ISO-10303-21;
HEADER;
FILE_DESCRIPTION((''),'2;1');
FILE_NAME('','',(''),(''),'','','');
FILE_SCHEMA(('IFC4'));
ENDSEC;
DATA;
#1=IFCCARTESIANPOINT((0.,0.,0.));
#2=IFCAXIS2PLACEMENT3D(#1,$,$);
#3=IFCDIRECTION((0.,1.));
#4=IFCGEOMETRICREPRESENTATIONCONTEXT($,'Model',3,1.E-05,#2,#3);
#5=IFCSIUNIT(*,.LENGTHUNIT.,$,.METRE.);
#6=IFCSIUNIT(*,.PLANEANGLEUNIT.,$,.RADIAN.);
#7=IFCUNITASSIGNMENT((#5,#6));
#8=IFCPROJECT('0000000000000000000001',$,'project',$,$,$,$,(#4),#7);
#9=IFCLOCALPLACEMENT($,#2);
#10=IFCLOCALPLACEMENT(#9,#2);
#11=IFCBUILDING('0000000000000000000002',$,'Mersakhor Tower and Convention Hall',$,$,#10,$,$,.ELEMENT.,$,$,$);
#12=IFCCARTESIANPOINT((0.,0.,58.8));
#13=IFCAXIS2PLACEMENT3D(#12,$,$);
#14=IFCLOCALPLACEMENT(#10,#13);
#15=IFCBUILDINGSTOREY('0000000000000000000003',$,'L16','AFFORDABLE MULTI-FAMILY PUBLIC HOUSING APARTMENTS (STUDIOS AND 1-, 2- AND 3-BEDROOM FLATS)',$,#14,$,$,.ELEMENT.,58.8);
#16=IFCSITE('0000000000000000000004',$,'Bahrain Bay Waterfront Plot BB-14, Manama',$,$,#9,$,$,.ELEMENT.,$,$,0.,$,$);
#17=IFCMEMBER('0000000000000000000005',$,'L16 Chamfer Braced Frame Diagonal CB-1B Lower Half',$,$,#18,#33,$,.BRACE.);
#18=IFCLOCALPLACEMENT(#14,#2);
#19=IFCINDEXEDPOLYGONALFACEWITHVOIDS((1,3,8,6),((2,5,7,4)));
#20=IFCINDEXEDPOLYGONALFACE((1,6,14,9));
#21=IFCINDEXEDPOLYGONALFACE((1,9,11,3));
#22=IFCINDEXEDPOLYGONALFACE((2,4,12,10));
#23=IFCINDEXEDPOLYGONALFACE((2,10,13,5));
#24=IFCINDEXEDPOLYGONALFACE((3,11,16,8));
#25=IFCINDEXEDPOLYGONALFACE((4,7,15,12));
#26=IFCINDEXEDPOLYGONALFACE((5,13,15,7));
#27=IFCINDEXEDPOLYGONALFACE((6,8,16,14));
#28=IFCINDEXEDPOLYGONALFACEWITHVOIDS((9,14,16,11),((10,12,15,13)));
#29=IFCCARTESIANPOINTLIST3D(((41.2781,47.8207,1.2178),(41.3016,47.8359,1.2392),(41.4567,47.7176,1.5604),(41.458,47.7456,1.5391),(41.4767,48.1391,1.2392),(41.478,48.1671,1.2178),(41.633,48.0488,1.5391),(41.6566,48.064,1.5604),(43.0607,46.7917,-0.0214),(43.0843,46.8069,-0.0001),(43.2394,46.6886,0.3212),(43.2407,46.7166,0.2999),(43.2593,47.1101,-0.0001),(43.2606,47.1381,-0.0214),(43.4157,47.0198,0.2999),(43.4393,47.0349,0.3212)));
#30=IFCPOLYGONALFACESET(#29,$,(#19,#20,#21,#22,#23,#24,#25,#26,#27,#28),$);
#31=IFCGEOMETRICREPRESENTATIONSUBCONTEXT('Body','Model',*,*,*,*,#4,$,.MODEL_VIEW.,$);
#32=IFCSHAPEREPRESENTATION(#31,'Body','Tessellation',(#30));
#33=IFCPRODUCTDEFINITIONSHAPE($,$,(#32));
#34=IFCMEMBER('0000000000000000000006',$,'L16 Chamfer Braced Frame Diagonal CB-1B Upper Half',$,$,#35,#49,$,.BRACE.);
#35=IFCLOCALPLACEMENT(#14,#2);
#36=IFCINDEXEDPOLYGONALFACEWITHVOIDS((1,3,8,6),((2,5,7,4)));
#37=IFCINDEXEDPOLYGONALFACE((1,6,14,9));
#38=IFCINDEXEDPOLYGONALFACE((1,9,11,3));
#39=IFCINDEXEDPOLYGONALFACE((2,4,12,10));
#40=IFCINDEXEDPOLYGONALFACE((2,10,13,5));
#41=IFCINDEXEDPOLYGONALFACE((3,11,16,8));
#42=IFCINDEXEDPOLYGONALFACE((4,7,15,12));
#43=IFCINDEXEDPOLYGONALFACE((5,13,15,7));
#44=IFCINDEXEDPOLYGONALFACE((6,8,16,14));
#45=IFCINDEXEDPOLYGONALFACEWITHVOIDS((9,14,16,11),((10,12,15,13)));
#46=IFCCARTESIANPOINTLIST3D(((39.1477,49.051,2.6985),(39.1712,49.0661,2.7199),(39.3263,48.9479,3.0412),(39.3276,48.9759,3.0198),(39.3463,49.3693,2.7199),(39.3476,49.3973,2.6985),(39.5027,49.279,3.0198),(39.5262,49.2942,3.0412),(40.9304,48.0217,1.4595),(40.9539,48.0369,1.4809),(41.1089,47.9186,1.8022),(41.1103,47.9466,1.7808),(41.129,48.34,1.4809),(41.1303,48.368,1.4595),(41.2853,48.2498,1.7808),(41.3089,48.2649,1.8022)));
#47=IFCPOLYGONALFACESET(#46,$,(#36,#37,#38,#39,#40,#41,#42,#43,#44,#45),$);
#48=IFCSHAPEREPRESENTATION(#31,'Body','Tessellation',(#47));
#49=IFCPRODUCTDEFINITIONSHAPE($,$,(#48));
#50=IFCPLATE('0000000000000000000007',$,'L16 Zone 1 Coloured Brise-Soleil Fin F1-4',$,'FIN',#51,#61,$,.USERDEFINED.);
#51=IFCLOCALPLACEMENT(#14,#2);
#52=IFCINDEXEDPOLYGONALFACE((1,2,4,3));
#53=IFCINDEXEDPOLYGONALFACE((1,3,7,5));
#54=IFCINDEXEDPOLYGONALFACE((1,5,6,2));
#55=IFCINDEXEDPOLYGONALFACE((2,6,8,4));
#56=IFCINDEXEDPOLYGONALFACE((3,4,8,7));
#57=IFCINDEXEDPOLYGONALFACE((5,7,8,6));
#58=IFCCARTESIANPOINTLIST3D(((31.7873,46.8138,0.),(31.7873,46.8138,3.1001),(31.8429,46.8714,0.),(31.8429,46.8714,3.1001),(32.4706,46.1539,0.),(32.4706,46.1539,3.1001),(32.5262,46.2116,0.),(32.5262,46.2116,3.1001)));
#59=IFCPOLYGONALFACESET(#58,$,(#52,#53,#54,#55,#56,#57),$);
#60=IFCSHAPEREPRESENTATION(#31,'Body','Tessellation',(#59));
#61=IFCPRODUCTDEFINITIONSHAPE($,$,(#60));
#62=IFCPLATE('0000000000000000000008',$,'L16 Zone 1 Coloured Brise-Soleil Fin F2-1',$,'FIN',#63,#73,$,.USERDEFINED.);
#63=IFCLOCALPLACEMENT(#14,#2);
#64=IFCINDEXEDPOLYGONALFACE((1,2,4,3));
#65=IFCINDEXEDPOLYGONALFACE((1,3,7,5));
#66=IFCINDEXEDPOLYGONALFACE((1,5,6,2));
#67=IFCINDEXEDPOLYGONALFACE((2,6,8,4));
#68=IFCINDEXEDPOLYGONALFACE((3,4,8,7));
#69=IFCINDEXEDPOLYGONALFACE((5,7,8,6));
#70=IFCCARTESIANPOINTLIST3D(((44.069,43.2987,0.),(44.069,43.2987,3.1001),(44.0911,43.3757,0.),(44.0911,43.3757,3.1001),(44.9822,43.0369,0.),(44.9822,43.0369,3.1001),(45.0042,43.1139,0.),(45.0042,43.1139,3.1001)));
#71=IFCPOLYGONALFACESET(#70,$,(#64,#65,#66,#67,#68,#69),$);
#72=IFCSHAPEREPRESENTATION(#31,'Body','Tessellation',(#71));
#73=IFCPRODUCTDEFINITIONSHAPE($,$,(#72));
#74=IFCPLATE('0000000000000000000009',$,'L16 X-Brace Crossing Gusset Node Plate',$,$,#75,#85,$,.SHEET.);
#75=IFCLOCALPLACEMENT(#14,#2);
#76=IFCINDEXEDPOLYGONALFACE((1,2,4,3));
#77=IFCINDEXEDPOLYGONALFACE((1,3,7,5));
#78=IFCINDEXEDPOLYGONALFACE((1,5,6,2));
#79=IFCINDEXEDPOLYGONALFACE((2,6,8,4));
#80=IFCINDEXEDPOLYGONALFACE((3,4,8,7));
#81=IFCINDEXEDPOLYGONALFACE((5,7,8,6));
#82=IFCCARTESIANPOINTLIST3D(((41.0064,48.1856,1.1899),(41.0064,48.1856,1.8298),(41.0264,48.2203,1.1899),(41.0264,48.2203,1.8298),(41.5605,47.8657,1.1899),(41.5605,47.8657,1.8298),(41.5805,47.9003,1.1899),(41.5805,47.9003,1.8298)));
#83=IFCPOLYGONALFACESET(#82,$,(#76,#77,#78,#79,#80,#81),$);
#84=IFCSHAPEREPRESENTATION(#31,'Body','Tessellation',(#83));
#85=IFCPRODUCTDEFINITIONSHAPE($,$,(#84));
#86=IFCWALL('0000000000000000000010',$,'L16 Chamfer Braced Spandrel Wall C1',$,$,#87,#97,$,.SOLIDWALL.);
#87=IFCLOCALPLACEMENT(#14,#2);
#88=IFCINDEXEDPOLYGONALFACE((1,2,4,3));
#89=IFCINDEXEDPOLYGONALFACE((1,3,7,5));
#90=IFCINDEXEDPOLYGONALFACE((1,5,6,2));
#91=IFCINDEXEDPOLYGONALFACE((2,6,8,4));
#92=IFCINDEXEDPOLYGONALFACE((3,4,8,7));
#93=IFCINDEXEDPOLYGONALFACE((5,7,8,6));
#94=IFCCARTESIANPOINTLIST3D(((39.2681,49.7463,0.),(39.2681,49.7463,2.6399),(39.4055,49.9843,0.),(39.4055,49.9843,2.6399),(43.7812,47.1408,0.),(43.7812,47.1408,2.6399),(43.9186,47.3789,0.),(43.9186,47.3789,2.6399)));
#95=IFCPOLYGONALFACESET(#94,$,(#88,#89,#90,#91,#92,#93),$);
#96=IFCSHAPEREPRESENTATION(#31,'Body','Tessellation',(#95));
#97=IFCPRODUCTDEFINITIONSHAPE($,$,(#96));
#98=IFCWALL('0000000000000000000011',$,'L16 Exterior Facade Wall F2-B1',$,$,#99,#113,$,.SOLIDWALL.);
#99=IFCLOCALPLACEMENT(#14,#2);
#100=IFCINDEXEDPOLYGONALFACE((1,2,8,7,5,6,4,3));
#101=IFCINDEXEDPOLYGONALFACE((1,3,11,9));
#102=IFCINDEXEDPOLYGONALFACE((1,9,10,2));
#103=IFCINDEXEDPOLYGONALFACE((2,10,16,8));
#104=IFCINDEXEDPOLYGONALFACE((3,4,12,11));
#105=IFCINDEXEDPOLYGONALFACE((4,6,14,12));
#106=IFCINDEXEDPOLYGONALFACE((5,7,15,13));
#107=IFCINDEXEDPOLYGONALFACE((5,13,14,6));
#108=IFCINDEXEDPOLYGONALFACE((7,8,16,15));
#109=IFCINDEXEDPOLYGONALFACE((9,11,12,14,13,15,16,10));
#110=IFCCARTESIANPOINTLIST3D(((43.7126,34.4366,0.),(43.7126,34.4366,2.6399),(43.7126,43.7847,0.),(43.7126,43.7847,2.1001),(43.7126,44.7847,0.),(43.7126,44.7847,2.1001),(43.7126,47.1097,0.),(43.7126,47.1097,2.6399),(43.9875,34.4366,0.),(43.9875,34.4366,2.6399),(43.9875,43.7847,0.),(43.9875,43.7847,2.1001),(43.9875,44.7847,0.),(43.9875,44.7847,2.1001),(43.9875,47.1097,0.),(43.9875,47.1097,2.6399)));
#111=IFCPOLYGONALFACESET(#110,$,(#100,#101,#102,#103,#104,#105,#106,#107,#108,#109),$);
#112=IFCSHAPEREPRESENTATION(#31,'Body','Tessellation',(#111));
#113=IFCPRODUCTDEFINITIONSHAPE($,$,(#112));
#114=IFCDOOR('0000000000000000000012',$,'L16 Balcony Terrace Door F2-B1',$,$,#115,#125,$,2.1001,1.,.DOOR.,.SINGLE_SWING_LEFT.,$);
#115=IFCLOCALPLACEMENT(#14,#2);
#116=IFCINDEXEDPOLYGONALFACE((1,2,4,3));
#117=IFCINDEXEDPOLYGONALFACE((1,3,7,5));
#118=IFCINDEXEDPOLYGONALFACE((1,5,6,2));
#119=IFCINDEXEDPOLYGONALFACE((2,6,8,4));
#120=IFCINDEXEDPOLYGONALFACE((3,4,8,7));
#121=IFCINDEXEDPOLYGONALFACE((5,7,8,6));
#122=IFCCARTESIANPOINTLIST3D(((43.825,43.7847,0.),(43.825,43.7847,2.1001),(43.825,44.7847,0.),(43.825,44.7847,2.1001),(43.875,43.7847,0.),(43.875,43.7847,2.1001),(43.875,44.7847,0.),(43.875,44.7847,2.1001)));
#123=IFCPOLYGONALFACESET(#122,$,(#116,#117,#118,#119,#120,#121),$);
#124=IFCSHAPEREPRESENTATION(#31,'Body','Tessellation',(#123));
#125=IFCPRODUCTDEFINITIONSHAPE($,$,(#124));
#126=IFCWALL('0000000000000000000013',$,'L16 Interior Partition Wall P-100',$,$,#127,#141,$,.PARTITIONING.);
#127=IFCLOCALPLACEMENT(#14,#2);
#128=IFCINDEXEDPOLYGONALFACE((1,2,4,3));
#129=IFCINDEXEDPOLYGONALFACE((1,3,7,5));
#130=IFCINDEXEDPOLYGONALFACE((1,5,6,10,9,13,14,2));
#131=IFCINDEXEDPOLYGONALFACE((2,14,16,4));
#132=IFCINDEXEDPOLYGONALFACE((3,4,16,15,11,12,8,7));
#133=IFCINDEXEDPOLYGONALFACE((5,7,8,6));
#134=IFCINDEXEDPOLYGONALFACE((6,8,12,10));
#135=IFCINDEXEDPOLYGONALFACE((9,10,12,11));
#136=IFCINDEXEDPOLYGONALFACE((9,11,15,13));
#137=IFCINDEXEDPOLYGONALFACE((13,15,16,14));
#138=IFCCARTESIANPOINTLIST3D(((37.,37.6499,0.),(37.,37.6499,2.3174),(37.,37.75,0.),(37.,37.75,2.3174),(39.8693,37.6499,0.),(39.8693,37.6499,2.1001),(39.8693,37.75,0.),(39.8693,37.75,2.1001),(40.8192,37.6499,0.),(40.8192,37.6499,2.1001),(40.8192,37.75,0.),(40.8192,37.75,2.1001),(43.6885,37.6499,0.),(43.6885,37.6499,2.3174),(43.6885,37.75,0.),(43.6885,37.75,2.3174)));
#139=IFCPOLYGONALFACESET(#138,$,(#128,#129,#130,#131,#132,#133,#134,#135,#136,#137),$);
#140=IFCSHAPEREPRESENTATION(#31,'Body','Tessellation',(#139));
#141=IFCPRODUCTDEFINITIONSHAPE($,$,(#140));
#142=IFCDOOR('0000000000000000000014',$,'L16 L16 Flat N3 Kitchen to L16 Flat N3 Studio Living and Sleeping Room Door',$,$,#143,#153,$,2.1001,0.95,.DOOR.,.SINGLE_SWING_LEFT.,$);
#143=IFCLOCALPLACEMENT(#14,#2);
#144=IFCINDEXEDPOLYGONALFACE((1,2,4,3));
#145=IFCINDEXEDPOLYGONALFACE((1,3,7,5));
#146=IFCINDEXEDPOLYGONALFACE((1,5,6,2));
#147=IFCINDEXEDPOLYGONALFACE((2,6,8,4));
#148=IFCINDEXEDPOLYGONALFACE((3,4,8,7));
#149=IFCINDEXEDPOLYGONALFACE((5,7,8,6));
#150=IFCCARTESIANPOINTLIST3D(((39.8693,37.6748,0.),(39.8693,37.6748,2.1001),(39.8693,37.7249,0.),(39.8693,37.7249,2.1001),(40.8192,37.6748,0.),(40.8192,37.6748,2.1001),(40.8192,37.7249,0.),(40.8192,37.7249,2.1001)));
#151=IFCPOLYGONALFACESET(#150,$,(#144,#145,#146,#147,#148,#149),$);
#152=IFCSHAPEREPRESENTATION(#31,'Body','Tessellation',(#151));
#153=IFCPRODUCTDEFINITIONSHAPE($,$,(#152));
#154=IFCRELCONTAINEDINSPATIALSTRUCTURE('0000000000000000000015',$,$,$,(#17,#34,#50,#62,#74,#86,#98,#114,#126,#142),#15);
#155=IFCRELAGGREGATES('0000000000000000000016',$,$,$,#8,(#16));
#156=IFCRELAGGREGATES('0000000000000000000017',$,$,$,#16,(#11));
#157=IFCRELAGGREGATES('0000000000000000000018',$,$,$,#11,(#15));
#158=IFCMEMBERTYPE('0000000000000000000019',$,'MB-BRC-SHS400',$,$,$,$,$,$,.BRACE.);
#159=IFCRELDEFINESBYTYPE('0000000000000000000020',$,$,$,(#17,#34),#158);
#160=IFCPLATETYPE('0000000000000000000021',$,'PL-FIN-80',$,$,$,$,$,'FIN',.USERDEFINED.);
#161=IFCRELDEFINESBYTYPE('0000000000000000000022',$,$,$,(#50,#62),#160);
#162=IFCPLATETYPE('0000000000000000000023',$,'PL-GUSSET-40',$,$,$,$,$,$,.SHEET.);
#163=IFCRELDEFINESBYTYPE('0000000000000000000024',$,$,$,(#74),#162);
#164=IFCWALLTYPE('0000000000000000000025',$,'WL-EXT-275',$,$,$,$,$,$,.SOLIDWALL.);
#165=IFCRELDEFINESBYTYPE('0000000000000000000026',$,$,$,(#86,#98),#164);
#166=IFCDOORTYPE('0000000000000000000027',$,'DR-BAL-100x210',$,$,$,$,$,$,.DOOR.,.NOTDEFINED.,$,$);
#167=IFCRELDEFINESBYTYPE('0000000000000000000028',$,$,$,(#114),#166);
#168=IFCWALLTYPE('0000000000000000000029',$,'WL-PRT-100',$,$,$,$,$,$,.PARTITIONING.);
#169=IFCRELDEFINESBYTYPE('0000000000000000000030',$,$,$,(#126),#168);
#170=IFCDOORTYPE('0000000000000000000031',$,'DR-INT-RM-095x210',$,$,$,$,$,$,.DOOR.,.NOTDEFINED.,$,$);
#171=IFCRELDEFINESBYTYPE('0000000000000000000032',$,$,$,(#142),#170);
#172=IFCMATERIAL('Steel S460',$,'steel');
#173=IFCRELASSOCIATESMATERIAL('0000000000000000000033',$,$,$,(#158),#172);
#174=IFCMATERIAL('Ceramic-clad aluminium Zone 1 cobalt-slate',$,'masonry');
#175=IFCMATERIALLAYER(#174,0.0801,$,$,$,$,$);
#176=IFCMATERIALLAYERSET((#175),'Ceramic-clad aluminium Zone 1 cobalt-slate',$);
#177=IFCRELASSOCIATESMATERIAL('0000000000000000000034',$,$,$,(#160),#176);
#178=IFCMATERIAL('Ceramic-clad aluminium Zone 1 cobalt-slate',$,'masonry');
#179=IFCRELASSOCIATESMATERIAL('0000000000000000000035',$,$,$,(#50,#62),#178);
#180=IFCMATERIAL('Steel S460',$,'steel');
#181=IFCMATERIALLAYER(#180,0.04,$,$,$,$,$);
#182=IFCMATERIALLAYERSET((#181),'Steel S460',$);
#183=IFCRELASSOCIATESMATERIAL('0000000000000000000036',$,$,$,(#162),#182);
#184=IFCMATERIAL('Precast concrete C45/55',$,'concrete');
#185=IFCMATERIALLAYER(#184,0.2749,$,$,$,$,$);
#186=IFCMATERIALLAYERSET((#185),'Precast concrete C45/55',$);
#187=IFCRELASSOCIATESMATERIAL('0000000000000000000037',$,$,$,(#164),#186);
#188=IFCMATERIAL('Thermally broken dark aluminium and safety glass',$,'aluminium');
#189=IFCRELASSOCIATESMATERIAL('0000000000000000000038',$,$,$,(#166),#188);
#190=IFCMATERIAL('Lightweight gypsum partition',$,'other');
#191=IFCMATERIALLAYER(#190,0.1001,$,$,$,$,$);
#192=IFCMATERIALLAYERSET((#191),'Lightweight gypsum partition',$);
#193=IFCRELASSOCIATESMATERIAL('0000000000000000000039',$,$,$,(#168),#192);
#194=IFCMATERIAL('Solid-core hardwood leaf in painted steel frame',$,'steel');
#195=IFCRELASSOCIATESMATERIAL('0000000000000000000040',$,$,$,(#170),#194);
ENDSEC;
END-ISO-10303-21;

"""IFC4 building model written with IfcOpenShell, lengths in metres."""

from ifc_helpers import new_model, si_unit, direction, frame, frame_2d, origin, origin_2d, place, context, subcontext, project, spatial, rectangle, hollow_rectangle, extrude, material, layer, layer_set, material_profile, profile_set, type_object, element, fill, save


model = new_model("IFC4")

# Units and contexts
model_context = context("Model", 3, precision=1e-05, world=origin(), true_north=direction((0.0, 1.0)))
body_context = subcontext(model_context, "Body", "Model", "MODEL_VIEW")
ifc_project = project(units=[si_unit("LENGTHUNIT", "METRE"), si_unit("PLANEANGLEUNIT", "RADIAN")], contexts=[model_context])

# Site, building, storey
site_placement = place(None, origin())
site = spatial("IfcSite", under=ifc_project, at=site_placement, Name="Bahrain Bay Waterfront Plot BB-14, Manama", CompositionType="ELEMENT", RefElevation=0.0)
building_placement = place(site_placement, origin())
building = spatial("IfcBuilding", under=site, at=building_placement, Name="Mersakhor Tower and Convention Hall", CompositionType="ELEMENT")
storey_placement = place(building_placement, frame((0.0, 0.0, 58.8)))
storey = spatial("IfcBuildingStorey", under=building, at=storey_placement, Name="L16", Description="AFFORDABLE MULTI-FAMILY PUBLIC HOUSING APARTMENTS (STUDIOS AND 1-, 2- AND 3-BEDROOM FLATS)", CompositionType="ELEMENT", Elevation=58.8)

# Members
ifc_material_1 = material(Name="Steel S460", Category="steel")
ifc_material_profile_1 = material_profile(ifc_material_1, hollow_rectangle(XDim=0.3999, YDim=0.3999, WallThickness=0.0249, at=origin_2d()), Name="SHS 400x400x25")
ifc_profile_set_1 = profile_set([ifc_material_profile_1], Name="Steel S460")
member_type = type_object("IfcMemberType", Name="MB-BRC-SHS400", PredefinedType="BRACE", material=ifc_profile_set_1)
for number, where, z_axis, x_axis, name in (
    (1, (43.25, 46.9133, 0.1499), (-0.741975, 0.428297, 0.515785), (-0.499928, -0.866067, 0.0), "L16 Chamfer Braced Frame Diagonal CB-1B Lower Half"),
    (2, (41.1196, 48.1433, 1.6309), (-0.741982, 0.428402, 0.515688), (-0.500017, -0.866016, 0.0), "L16 Chamfer Braced Frame Diagonal CB-1B Upper Half"),
):
    element("IfcMember", number, at=place(storey_placement, frame(where, z_axis=z_axis, x_axis=x_axis)), inside=storey, type_object=member_type, Name=name, PredefinedType="BRACE", context=body_context, shape_type="SweptSolid", body=[
        extrude(hollow_rectangle(XDim=0.3999, YDim=0.3999, WallThickness=0.0249, at=origin_2d()), origin(), (0.0, 0.0, 1.0), 2.4026),
    ])

# Plates
ifc_material_2 = material(Name="Ceramic-clad aluminium Zone 1 cobalt-slate", Category="masonry")
ifc_material_3 = material(Name="Ceramic-clad aluminium Zone 1 cobalt-slate", Category="masonry")
ifc_layer_1 = layer(ifc_material_3, 0.0801)
ifc_layer_set_1 = layer_set([ifc_layer_1], Name="Ceramic-clad aluminium Zone 1 cobalt-slate")
plate_type_1 = type_object("IfcPlateType", Name="PL-FIN-80", ElementType="FIN", PredefinedType="USERDEFINED", material=ifc_layer_set_1)
for number, where, z_axis, x_axis, name in (
    (3, (32.1567, 46.5127, 0.0), (0.0, 0.0, 1.0), (-0.71934, 0.694658, 0.0), "L16 Zone 1 Coloured Brise-Soleil Fin F1-4"),
    (4, (44.5366, 43.2063, 0.0), (0.0, 0.0, 1.0), (0.961262, -0.275637, 0.0), "L16 Zone 1 Coloured Brise-Soleil Fin F2-1"),
):
    element("IfcPlate", number, at=place(storey_placement, frame(where, z_axis=z_axis, x_axis=x_axis)), inside=storey, type_object=plate_type_1, material=ifc_material_2, Name=name, ObjectType="FIN", PredefinedType="USERDEFINED", context=body_context, shape_type="SweptSolid", body=[
        extrude(rectangle(XDim=0.95, YDim=0.0801, at=origin_2d()), origin(), (0.0, 0.0, 1.0), 3.1001),
    ])
ifc_material_4 = material(Name="Steel S460", Category="steel")
ifc_layer_2 = layer(ifc_material_4, 0.04)
ifc_layer_set_2 = layer_set([ifc_layer_2], Name="Steel S460")
plate_type_2 = type_object("IfcPlateType", Name="PL-GUSSET-40", PredefinedType="SHEET", material=ifc_layer_set_2)
plate_placement = place(storey_placement, frame((41.2935, 48.043, 1.1899), z_axis=(0.0, 0.0, 1.0), x_axis=(-0.866025, 0.5, 0.0)))
element("IfcPlate", 5, at=plate_placement, inside=storey, type_object=plate_type_2, Name="L16 X-Brace Crossing Gusset Node Plate", PredefinedType="SHEET", context=body_context, shape_type="SweptSolid", body=[
    extrude(rectangle(XDim=0.6399, YDim=0.04, at=origin_2d()), origin(), (0.0, 0.0, 1.0), 0.6399),
])

# Wall
ifc_material_5 = material(Name="Precast concrete C45/55", Category="concrete")
ifc_layer_3 = layer(ifc_material_5, 0.2749)
ifc_layer_set_3 = layer_set([ifc_layer_3], Name="Precast concrete C45/55")
wall_type_1 = type_object("IfcWallType", Name="WL-EXT-275", PredefinedType="SOLIDWALL", material=ifc_layer_set_3)
wall_1_placement = place(storey_placement, frame((39.3369, 49.8652, 0.0), z_axis=(0.0, 0.0, 1.0), x_axis=(0.866044, -0.499968, 0.0)))
element("IfcWall", 6, at=wall_1_placement, inside=storey, type_object=wall_type_1, Name="L16 Chamfer Braced Spandrel Wall C1", PredefinedType="SOLIDWALL", context=body_context, shape_type="SweptSolid", body=[
    extrude(rectangle(XDim=5.2112, YDim=0.2749, at=frame_2d((2.6055, 0.0))), origin(), (0.0, 0.0, 1.0), 2.6399),
])

# Walls, openings, doors
wall_2_placement = place(storey_placement, frame((43.8501, 47.1096, 0.0), z_axis=(0.0, 0.0, 1.0), x_axis=(0.0, -1.0, 0.0)))
wall_2 = element("IfcWall", 7, at=wall_2_placement, inside=storey, type_object=wall_type_1, Name="L16 Exterior Facade Wall F2-B1", PredefinedType="SOLIDWALL", context=body_context, shape_type="SweptSolid", body=[
    extrude(rectangle(XDim=12.6731, YDim=0.2749, at=frame_2d((6.3364, 0.0))), origin(), (0.0, 0.0, 1.0), 2.6399),
])
opening_1_placement = place(wall_2_placement, frame((2.325, 0.0, 0.0)))
opening_1 = element("IfcOpeningElement", 8, at=opening_1_placement, cuts=wall_2, PredefinedType="OPENING", context=body_context, shape_type="SweptSolid", body=[
    extrude(rectangle(XDim=1.0, YDim=2.1001, at=frame_2d((0.5, 1.05))), frame((0.0, 0.1475, 0.0), z_axis=(0.0, -1.0, 0.0), x_axis=(1.0, 0.0, 0.0)), (0.0, 0.0, 1.0), 0.2949),
])
ifc_material_6 = material(Name="Thermally broken dark aluminium and safety glass", Category="aluminium")
door_type_1 = type_object("IfcDoorType", Name="DR-BAL-100x210", OperationType="NOTDEFINED", PredefinedType="DOOR", material=ifc_material_6)
door_1_placement = place(opening_1_placement, origin())
door_1 = element("IfcDoor", 9, at=door_1_placement, inside=storey, type_object=door_type_1, Name="L16 Balcony Terrace Door F2-B1", OperationType="SINGLE_SWING_LEFT", OverallHeight=2.1001, OverallWidth=1.0, PredefinedType="DOOR", context=body_context, shape_type="SweptSolid", body=[
    extrude(rectangle(XDim=1.0, YDim=2.1001, at=frame_2d((0.5, 1.05))), frame((0.0, 0.0249, 0.0), z_axis=(0.0, -1.0, 0.0), x_axis=(1.0, 0.0, 0.0)), (0.0, 0.0, 1.0), 0.05),
])
fill(opening_1, door_1)
ifc_material_7 = material(Name="Lightweight gypsum partition", Category="other")
ifc_layer_4 = layer(ifc_material_7, 0.1001)
ifc_layer_set_4 = layer_set([ifc_layer_4], Name="Lightweight gypsum partition")
wall_type_2 = type_object("IfcWallType", Name="WL-PRT-100", PredefinedType="PARTITIONING", material=ifc_layer_set_4)
wall_3_placement = place(storey_placement, frame((37.0, 37.7, 0.0), z_axis=(0.0, 0.0, 1.0), x_axis=(1.0, 0.0, 0.0)))
wall_3 = element("IfcWall", 10, at=wall_3_placement, inside=storey, type_object=wall_type_2, Name="L16 Interior Partition Wall P-100", PredefinedType="PARTITIONING", context=body_context, shape_type="SweptSolid", body=[
    extrude(rectangle(XDim=6.6885, YDim=0.1001, at=frame_2d((3.3442, 0.0))), origin(), (0.0, 0.0, 1.0), 2.3174),
])
opening_2_placement = place(wall_3_placement, frame((2.8691, 0.0, 0.0)))
opening_2 = element("IfcOpeningElement", 11, at=opening_2_placement, cuts=wall_3, PredefinedType="OPENING", context=body_context, shape_type="SweptSolid", body=[
    extrude(rectangle(XDim=0.95, YDim=2.1001, at=frame_2d((0.4751, 1.05))), frame((0.0, 0.0601, 0.0), z_axis=(0.0, -1.0, 0.0), x_axis=(1.0, 0.0, 0.0)), (0.0, 0.0, 1.0), 0.1201),
])
ifc_material_8 = material(Name="Solid-core hardwood leaf in painted steel frame", Category="steel")
door_type_2 = type_object("IfcDoorType", Name="DR-INT-RM-095x210", OperationType="NOTDEFINED", PredefinedType="DOOR", material=ifc_material_8)
door_2_placement = place(opening_2_placement, origin())
door_2 = element("IfcDoor", 12, at=door_2_placement, inside=storey, type_object=door_type_2, Name="L16 L16 Flat N3 Kitchen to L16 Flat N3 Studio Living and Sleeping Room Door", OperationType="SINGLE_SWING_LEFT", OverallHeight=2.1001, OverallWidth=0.95, PredefinedType="DOOR", context=body_context, shape_type="SweptSolid", body=[
    extrude(rectangle(XDim=0.95, YDim=2.1001, at=frame_2d((0.4751, 1.05))), frame((0.0, 0.0249, 0.0), z_axis=(0.0, -1.0, 0.0), x_axis=(1.0, 0.0, 0.0)), (0.0, 0.0, 1.0), 0.05),
])
fill(opening_2, door_2)

save(model, "model.ifc")
